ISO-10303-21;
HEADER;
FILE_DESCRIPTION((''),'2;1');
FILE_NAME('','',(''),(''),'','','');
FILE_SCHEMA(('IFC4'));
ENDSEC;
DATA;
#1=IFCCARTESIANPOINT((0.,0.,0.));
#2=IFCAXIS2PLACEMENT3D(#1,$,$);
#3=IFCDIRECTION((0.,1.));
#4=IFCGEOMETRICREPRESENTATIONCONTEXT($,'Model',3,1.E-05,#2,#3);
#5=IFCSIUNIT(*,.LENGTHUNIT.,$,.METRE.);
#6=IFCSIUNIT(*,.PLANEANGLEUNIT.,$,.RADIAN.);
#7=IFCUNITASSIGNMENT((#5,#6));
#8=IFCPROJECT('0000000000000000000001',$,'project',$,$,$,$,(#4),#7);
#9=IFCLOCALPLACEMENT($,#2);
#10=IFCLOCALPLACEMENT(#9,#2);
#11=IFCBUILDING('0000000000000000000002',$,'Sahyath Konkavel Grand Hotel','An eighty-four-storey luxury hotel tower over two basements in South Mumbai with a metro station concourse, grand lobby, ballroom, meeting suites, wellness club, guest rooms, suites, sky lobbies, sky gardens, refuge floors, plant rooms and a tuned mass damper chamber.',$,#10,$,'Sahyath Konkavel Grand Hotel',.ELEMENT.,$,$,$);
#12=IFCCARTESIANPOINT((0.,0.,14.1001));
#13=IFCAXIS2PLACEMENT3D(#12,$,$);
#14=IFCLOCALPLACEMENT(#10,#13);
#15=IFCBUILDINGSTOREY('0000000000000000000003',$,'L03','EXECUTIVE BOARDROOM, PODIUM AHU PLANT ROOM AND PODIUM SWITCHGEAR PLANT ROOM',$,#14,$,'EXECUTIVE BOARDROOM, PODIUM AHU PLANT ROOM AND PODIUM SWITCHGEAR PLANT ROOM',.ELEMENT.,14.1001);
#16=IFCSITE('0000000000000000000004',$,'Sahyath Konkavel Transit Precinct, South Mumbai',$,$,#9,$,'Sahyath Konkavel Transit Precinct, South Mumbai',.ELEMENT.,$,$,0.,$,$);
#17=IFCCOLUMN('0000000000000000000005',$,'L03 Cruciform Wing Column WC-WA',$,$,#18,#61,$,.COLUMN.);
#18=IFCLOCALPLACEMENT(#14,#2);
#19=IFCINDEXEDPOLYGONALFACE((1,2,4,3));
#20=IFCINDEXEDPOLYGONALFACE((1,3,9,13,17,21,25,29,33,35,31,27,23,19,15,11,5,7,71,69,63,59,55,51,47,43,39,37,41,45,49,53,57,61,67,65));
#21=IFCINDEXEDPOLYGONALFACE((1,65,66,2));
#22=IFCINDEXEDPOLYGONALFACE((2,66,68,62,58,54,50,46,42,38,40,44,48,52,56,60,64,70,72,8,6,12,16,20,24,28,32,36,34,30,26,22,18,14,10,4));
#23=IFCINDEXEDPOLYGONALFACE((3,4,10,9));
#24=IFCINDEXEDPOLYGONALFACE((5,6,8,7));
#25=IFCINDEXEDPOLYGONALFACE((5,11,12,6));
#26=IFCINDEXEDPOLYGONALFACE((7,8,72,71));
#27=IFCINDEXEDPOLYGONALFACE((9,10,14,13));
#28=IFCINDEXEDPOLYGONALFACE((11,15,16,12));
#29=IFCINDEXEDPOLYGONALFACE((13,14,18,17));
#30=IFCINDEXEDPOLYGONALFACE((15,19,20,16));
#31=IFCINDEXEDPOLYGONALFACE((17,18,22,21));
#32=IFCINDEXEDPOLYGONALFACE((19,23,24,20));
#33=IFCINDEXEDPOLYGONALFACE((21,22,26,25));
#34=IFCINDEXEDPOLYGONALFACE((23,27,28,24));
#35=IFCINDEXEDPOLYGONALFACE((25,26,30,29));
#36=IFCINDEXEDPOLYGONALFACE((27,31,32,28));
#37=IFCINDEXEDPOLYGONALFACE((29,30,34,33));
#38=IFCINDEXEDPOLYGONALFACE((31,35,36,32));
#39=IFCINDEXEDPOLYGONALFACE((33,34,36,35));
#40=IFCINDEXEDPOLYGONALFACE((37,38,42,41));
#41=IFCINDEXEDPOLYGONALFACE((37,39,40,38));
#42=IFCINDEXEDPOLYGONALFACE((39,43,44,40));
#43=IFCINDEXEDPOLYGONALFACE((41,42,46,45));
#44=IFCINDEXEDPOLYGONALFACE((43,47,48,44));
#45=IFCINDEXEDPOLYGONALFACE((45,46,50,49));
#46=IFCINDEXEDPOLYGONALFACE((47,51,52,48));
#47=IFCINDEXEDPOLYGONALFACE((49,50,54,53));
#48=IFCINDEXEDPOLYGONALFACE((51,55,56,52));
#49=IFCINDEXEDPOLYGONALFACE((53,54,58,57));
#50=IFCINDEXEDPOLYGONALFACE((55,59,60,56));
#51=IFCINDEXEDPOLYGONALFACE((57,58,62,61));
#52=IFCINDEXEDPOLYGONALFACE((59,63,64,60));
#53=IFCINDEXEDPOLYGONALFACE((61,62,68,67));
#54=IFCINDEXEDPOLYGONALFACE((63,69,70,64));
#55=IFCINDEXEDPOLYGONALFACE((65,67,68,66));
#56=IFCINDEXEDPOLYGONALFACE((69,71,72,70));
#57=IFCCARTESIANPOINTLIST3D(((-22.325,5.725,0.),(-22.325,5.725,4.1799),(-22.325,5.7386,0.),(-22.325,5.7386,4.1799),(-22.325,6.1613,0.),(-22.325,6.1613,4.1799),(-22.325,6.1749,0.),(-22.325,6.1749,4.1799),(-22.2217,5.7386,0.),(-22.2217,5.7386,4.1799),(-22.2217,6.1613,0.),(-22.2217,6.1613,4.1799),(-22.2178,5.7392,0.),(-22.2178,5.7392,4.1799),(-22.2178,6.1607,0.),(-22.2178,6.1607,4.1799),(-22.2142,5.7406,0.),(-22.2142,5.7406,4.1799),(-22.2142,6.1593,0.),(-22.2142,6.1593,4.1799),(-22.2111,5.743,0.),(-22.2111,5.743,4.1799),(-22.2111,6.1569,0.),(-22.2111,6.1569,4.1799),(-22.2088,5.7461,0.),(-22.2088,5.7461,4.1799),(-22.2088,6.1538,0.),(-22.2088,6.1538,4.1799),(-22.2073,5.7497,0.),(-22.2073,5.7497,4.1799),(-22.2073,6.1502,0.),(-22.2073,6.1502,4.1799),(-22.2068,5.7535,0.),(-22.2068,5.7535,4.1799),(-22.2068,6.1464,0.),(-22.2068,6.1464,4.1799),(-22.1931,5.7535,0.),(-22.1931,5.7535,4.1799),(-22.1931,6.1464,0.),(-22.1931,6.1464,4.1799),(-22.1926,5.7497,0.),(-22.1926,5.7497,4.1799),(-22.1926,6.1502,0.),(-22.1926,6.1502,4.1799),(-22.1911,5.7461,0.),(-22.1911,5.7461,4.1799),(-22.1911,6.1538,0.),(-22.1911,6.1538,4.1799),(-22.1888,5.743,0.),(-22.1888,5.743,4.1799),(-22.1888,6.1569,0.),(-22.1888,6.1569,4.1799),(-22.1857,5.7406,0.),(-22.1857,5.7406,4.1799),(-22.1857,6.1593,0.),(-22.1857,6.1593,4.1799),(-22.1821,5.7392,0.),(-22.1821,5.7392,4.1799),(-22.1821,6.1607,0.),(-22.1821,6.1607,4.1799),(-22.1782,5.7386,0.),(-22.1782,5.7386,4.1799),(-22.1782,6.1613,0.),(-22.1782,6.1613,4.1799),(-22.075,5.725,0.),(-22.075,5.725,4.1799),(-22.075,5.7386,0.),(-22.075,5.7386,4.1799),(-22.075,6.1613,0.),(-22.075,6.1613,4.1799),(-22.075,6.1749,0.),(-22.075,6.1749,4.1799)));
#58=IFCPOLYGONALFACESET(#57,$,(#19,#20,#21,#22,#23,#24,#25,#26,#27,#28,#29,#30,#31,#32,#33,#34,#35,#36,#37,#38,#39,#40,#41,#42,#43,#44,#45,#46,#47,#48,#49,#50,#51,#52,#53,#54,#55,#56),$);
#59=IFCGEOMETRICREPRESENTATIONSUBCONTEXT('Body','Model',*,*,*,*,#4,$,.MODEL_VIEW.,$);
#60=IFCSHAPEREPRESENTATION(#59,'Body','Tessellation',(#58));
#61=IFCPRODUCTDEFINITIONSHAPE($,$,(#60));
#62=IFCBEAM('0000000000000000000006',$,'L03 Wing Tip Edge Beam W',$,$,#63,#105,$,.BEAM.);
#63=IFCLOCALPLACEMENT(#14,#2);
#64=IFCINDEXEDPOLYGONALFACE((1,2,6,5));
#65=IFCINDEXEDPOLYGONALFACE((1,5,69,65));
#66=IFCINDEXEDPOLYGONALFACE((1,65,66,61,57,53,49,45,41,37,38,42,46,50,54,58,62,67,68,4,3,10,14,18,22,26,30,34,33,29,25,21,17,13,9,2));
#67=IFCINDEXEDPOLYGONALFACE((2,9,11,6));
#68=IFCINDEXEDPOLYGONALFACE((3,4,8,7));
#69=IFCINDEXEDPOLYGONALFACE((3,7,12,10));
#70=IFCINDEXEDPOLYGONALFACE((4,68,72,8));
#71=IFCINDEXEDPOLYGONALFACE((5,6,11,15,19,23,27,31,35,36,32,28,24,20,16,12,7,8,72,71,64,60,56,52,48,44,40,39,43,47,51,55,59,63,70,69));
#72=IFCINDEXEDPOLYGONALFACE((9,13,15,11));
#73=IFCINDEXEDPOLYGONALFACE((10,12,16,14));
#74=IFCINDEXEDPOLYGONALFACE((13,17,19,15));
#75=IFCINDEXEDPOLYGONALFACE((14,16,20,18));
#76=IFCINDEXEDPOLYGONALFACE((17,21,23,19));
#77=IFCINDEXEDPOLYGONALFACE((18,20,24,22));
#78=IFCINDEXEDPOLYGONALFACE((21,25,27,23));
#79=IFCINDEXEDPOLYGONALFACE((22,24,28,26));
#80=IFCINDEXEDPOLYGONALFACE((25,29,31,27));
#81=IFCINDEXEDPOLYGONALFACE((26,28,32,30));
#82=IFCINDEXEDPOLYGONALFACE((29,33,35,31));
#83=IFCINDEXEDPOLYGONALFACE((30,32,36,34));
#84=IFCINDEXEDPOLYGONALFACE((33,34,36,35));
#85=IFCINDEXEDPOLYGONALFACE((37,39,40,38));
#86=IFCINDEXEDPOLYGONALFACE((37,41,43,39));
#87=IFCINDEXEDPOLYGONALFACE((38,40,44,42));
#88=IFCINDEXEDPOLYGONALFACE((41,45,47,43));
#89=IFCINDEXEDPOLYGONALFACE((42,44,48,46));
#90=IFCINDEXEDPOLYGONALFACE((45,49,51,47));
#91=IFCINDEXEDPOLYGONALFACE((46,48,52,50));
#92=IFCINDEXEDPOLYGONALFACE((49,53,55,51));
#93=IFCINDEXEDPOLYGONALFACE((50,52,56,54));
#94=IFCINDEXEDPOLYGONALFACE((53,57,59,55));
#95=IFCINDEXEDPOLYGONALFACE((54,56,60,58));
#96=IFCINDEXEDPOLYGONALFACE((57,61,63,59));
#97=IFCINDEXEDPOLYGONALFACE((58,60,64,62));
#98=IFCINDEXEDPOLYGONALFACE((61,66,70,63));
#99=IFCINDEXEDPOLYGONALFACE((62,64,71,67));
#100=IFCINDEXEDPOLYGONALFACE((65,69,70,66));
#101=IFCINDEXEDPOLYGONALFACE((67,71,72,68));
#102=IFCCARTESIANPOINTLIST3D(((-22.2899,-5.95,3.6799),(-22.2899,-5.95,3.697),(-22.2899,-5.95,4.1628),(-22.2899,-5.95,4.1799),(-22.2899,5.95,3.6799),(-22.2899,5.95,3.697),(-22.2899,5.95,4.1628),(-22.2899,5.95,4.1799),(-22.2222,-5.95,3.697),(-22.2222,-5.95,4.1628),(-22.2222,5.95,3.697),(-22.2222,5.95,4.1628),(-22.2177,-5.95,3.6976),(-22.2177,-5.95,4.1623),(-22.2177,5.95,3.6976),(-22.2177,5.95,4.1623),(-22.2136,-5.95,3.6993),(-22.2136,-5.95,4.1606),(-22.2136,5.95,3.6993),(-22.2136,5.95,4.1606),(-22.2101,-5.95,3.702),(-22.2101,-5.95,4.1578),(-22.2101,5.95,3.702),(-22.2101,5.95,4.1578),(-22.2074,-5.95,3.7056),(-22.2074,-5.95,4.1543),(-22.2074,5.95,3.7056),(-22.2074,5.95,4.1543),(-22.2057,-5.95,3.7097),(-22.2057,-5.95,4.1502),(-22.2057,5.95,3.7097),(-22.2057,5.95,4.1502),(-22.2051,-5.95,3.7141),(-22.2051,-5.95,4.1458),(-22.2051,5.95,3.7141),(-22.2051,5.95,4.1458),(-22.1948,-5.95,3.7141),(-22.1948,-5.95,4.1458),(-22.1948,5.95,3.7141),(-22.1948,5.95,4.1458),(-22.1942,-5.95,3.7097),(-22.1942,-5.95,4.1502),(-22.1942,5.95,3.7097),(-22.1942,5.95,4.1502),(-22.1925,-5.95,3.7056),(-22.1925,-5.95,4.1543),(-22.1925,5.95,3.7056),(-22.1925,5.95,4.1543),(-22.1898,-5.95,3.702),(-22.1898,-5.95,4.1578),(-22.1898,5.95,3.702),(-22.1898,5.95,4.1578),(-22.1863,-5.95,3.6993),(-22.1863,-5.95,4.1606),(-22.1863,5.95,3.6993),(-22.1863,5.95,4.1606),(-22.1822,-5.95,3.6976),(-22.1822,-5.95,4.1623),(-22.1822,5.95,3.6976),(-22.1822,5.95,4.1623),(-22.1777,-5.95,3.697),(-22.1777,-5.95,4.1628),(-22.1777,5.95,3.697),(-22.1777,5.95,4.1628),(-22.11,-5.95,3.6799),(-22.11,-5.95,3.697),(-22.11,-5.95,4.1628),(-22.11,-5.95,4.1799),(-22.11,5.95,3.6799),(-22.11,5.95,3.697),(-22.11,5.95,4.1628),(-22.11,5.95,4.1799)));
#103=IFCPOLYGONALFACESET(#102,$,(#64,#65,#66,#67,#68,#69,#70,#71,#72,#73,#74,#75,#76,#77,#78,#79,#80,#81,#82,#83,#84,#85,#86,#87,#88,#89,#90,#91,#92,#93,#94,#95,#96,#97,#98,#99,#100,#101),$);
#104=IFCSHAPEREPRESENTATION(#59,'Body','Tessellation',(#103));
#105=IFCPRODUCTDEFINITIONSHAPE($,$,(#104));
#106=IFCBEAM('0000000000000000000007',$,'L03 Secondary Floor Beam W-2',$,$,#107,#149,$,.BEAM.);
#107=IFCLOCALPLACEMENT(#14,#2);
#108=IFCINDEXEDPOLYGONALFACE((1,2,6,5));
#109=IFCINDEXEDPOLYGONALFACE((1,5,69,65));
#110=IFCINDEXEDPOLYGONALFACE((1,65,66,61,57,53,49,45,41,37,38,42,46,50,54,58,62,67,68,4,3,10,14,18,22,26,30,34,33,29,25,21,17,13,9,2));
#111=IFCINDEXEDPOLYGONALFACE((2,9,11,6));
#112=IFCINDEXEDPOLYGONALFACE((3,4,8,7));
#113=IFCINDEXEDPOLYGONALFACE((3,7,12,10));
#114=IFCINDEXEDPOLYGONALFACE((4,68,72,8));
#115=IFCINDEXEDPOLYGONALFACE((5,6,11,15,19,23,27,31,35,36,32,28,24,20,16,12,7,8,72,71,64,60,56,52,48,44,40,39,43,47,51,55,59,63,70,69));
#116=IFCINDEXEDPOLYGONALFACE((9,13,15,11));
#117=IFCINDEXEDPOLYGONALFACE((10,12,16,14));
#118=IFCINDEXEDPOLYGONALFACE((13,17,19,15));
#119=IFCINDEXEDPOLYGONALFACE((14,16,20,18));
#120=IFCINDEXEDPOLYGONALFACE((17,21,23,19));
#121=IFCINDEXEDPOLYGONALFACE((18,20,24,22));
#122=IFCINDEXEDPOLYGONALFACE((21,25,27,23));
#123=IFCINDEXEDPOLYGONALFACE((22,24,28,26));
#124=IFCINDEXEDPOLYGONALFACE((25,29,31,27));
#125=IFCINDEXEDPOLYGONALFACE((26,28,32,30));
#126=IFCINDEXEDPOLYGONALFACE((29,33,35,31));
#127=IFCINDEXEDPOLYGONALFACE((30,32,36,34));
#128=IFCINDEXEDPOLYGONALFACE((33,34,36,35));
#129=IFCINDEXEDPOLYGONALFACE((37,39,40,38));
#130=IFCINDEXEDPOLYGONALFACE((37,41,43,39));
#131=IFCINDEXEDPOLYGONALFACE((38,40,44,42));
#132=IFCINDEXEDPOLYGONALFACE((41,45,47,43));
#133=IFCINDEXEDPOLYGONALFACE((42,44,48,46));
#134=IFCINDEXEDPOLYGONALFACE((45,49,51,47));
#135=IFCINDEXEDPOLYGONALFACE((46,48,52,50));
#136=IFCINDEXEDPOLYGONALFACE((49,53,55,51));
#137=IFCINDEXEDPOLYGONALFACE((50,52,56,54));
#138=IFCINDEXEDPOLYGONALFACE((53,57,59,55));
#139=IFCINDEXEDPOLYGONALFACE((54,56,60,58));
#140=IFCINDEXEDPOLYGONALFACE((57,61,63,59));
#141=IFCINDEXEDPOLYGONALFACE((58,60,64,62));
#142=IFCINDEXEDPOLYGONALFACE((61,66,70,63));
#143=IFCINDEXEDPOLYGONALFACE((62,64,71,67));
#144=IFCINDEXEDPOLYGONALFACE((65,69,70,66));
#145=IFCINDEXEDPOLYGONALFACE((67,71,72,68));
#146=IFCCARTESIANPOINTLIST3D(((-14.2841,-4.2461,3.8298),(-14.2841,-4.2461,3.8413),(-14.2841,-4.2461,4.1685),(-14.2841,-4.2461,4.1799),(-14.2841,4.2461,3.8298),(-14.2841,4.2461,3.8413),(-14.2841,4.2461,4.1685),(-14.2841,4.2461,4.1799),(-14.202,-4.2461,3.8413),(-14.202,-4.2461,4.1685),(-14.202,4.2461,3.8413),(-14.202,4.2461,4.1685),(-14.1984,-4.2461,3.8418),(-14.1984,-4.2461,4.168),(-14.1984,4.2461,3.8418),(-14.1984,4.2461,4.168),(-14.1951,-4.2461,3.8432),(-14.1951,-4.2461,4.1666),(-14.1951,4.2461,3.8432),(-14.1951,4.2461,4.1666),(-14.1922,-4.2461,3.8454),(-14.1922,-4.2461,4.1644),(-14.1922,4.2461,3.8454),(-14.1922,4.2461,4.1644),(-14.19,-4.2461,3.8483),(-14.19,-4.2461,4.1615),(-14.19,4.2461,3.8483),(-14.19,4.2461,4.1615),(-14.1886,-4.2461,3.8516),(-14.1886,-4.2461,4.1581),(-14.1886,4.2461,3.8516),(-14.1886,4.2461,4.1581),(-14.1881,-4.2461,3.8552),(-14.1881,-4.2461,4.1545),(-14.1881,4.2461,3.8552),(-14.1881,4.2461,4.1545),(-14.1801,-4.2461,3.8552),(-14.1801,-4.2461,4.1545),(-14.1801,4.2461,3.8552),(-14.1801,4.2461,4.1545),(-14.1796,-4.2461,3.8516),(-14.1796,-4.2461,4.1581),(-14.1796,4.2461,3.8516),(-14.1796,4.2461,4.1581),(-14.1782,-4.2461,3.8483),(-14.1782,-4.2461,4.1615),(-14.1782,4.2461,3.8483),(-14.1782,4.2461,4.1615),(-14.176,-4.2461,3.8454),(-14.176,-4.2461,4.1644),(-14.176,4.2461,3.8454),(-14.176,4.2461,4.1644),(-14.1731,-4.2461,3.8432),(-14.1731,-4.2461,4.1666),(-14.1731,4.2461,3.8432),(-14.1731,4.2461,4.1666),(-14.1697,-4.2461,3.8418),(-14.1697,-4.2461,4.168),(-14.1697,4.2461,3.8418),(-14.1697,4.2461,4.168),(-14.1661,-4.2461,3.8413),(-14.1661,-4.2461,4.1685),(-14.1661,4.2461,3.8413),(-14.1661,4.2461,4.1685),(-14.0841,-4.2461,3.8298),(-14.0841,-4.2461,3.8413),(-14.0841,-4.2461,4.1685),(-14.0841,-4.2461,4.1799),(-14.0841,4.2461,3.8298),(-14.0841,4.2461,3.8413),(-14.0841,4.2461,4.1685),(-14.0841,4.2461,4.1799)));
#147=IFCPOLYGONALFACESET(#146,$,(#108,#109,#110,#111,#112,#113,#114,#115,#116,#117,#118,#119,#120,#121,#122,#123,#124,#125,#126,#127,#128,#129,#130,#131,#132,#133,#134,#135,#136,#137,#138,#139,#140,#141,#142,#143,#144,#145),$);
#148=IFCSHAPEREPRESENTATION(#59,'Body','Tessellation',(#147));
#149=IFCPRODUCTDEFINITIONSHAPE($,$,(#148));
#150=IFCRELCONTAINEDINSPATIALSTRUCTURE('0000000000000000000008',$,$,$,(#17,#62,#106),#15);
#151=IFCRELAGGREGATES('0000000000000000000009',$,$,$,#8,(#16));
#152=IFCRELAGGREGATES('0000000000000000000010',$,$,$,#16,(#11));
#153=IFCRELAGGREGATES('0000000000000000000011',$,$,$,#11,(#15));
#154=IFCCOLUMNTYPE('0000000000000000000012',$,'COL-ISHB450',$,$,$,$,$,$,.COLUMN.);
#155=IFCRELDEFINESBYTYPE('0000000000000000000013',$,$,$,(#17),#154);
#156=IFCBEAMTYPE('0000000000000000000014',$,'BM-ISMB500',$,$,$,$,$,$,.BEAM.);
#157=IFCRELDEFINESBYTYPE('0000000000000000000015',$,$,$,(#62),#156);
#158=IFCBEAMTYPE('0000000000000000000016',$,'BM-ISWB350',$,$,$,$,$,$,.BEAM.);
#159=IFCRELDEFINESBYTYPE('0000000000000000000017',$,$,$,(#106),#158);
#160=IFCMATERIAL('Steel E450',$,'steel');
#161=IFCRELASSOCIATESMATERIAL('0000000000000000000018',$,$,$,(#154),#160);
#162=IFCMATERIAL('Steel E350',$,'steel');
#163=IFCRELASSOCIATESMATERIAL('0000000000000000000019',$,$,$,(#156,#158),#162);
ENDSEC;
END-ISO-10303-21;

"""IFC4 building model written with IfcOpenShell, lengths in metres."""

from ifc_helpers import new_model, si_unit, direction, frame, origin, origin_2d, place, context, subcontext, project, spatial, i_section, extrude, source, transform, mapped, material, material_profile, profile_set, type_object, element, save


model = new_model("IFC4")

# Units and contexts
model_context = context("Model", 3, precision=1e-05, world=origin(), true_north=direction((0.0, 1.0)))
body_context = subcontext(model_context, "Body", "Model", "MODEL_VIEW")
ifc_project = project(units=[si_unit("LENGTHUNIT", "METRE"), si_unit("PLANEANGLEUNIT", "RADIAN")], contexts=[model_context])

# Site, building, storey
site_placement = place(None, origin())
site = spatial("IfcSite", under=ifc_project, at=site_placement, Name="Sahyath Konkavel Transit Precinct, South Mumbai", LongName="Sahyath Konkavel Transit Precinct, South Mumbai", CompositionType="ELEMENT", RefElevation=0.0)
building_placement = place(site_placement, origin())
building = spatial("IfcBuilding", under=site, at=building_placement, Name="Sahyath Konkavel Grand Hotel", Description="An eighty-four-storey luxury hotel tower over two basements in South Mumbai with a metro station concourse, grand lobby, ballroom, meeting suites, wellness club, guest rooms, suites, sky lobbies, sky gardens, refuge floors, plant rooms and a tuned mass damper chamber.", LongName="Sahyath Konkavel Grand Hotel", CompositionType="ELEMENT")
storey_placement = place(building_placement, frame((0.0, 0.0, 14.1001)))
storey = spatial("IfcBuildingStorey", under=building, at=storey_placement, Name="L03", Description="EXECUTIVE BOARDROOM, PODIUM AHU PLANT ROOM AND PODIUM SWITCHGEAR PLANT ROOM", LongName="EXECUTIVE BOARDROOM, PODIUM AHU PLANT ROOM AND PODIUM SWITCHGEAR PLANT ROOM", CompositionType="ELEMENT", Elevation=14.1001)

# Column
ifc_material_1 = material(Name="Steel E450", Category="steel")
ifc_material_profile_1 = material_profile(ifc_material_1, i_section(OverallWidth=0.25, OverallDepth=0.45, WebThickness=0.0137, FlangeThickness=0.0137, FilletRadius=0.0149, at=origin_2d()), Name="ISHB 450")
ifc_profile_set_1 = profile_set([ifc_material_profile_1], Name="Steel E450")
column_type = type_object("IfcColumnType", Name="COL-ISHB450", PredefinedType="COLUMN", material=ifc_profile_set_1)
shared_shape_1 = source(origin(), body_context, "Body", "SweptSolid", [
    extrude(i_section(OverallWidth=0.25, OverallDepth=0.45, WebThickness=0.0137, FlangeThickness=0.0137, FilletRadius=0.0149, at=origin_2d()), origin(), (0.0, 0.0, 1.0), 4.1799),
])
column_placement = place(storey_placement, frame((-22.2, 5.95, 0.0), z_axis=(0.0, 0.0, 1.0), x_axis=(1.0, 0.0, 0.0)))
element("IfcColumn", 1, at=column_placement, inside=storey, type_object=column_type, Name="L03 Cruciform Wing Column WC-WA", PredefinedType="COLUMN", context=body_context, shape_type="MappedRepresentation", body=[
    mapped(shared_shape_1, transform((0.0, 0.0, 0.0), scale=1.0)),
])

# Beams
ifc_material_2 = material(Name="Steel E350", Category="steel")
ifc_material_profile_2 = material_profile(ifc_material_2, i_section(OverallWidth=0.1799, OverallDepth=0.5, WebThickness=0.0103, FlangeThickness=0.0171, FilletRadius=0.0171, at=origin_2d()), Name="ISMB 500")
ifc_profile_set_2 = profile_set([ifc_material_profile_2], Name="Steel E350")
beam_type_1 = type_object("IfcBeamType", Name="BM-ISMB500", PredefinedType="BEAM", material=ifc_profile_set_2)
shared_shape_2 = source(origin(), body_context, "Body", "SweptSolid", [
    extrude(i_section(OverallWidth=0.1799, OverallDepth=0.5, WebThickness=0.0103, FlangeThickness=0.0171, FilletRadius=0.0171, at=origin_2d()), origin(), (0.0, 0.0, 1.0), 11.8999),
])
beam_1_placement = place(storey_placement, frame((-22.2, 5.95, 3.9299), z_axis=(0.0, -1.0, 0.0), x_axis=(1.0, 0.0, 0.0)))
element("IfcBeam", 2, at=beam_1_placement, inside=storey, type_object=beam_type_1, Name="L03 Wing Tip Edge Beam W", PredefinedType="BEAM", context=body_context, shape_type="MappedRepresentation", body=[
    mapped(shared_shape_2, transform((0.0, 0.0, 0.0), scale=1.0)),
])
ifc_material_profile_3 = material_profile(ifc_material_2, i_section(OverallWidth=0.2, OverallDepth=0.3501, WebThickness=0.0081, FlangeThickness=0.0115, FilletRadius=0.0139, at=origin_2d()), Name="ISWB 350")
ifc_profile_set_3 = profile_set([ifc_material_profile_3], Name="Steel E350")
beam_type_2 = type_object("IfcBeamType", Name="BM-ISWB350", PredefinedType="BEAM", material=ifc_profile_set_3)
shared_shape_3 = source(origin(), body_context, "Body", "SweptSolid", [
    extrude(i_section(OverallWidth=0.2, OverallDepth=0.3501, WebThickness=0.0081, FlangeThickness=0.0115, FilletRadius=0.0139, at=origin_2d()), origin(), (0.0, 0.0, 1.0), 8.4922),
])
beam_2_placement = place(storey_placement, frame((-14.1841, 4.2461, 4.0049), z_axis=(0.0, -1.0, 0.0), x_axis=(1.0, 0.0, 0.0)))
element("IfcBeam", 3, at=beam_2_placement, inside=storey, type_object=beam_type_2, Name="L03 Secondary Floor Beam W-2", PredefinedType="BEAM", context=body_context, shape_type="MappedRepresentation", body=[
    mapped(shared_shape_3, transform((0.0, 0.0, 0.0), scale=1.0)),
])

save(model, "model.ifc")
